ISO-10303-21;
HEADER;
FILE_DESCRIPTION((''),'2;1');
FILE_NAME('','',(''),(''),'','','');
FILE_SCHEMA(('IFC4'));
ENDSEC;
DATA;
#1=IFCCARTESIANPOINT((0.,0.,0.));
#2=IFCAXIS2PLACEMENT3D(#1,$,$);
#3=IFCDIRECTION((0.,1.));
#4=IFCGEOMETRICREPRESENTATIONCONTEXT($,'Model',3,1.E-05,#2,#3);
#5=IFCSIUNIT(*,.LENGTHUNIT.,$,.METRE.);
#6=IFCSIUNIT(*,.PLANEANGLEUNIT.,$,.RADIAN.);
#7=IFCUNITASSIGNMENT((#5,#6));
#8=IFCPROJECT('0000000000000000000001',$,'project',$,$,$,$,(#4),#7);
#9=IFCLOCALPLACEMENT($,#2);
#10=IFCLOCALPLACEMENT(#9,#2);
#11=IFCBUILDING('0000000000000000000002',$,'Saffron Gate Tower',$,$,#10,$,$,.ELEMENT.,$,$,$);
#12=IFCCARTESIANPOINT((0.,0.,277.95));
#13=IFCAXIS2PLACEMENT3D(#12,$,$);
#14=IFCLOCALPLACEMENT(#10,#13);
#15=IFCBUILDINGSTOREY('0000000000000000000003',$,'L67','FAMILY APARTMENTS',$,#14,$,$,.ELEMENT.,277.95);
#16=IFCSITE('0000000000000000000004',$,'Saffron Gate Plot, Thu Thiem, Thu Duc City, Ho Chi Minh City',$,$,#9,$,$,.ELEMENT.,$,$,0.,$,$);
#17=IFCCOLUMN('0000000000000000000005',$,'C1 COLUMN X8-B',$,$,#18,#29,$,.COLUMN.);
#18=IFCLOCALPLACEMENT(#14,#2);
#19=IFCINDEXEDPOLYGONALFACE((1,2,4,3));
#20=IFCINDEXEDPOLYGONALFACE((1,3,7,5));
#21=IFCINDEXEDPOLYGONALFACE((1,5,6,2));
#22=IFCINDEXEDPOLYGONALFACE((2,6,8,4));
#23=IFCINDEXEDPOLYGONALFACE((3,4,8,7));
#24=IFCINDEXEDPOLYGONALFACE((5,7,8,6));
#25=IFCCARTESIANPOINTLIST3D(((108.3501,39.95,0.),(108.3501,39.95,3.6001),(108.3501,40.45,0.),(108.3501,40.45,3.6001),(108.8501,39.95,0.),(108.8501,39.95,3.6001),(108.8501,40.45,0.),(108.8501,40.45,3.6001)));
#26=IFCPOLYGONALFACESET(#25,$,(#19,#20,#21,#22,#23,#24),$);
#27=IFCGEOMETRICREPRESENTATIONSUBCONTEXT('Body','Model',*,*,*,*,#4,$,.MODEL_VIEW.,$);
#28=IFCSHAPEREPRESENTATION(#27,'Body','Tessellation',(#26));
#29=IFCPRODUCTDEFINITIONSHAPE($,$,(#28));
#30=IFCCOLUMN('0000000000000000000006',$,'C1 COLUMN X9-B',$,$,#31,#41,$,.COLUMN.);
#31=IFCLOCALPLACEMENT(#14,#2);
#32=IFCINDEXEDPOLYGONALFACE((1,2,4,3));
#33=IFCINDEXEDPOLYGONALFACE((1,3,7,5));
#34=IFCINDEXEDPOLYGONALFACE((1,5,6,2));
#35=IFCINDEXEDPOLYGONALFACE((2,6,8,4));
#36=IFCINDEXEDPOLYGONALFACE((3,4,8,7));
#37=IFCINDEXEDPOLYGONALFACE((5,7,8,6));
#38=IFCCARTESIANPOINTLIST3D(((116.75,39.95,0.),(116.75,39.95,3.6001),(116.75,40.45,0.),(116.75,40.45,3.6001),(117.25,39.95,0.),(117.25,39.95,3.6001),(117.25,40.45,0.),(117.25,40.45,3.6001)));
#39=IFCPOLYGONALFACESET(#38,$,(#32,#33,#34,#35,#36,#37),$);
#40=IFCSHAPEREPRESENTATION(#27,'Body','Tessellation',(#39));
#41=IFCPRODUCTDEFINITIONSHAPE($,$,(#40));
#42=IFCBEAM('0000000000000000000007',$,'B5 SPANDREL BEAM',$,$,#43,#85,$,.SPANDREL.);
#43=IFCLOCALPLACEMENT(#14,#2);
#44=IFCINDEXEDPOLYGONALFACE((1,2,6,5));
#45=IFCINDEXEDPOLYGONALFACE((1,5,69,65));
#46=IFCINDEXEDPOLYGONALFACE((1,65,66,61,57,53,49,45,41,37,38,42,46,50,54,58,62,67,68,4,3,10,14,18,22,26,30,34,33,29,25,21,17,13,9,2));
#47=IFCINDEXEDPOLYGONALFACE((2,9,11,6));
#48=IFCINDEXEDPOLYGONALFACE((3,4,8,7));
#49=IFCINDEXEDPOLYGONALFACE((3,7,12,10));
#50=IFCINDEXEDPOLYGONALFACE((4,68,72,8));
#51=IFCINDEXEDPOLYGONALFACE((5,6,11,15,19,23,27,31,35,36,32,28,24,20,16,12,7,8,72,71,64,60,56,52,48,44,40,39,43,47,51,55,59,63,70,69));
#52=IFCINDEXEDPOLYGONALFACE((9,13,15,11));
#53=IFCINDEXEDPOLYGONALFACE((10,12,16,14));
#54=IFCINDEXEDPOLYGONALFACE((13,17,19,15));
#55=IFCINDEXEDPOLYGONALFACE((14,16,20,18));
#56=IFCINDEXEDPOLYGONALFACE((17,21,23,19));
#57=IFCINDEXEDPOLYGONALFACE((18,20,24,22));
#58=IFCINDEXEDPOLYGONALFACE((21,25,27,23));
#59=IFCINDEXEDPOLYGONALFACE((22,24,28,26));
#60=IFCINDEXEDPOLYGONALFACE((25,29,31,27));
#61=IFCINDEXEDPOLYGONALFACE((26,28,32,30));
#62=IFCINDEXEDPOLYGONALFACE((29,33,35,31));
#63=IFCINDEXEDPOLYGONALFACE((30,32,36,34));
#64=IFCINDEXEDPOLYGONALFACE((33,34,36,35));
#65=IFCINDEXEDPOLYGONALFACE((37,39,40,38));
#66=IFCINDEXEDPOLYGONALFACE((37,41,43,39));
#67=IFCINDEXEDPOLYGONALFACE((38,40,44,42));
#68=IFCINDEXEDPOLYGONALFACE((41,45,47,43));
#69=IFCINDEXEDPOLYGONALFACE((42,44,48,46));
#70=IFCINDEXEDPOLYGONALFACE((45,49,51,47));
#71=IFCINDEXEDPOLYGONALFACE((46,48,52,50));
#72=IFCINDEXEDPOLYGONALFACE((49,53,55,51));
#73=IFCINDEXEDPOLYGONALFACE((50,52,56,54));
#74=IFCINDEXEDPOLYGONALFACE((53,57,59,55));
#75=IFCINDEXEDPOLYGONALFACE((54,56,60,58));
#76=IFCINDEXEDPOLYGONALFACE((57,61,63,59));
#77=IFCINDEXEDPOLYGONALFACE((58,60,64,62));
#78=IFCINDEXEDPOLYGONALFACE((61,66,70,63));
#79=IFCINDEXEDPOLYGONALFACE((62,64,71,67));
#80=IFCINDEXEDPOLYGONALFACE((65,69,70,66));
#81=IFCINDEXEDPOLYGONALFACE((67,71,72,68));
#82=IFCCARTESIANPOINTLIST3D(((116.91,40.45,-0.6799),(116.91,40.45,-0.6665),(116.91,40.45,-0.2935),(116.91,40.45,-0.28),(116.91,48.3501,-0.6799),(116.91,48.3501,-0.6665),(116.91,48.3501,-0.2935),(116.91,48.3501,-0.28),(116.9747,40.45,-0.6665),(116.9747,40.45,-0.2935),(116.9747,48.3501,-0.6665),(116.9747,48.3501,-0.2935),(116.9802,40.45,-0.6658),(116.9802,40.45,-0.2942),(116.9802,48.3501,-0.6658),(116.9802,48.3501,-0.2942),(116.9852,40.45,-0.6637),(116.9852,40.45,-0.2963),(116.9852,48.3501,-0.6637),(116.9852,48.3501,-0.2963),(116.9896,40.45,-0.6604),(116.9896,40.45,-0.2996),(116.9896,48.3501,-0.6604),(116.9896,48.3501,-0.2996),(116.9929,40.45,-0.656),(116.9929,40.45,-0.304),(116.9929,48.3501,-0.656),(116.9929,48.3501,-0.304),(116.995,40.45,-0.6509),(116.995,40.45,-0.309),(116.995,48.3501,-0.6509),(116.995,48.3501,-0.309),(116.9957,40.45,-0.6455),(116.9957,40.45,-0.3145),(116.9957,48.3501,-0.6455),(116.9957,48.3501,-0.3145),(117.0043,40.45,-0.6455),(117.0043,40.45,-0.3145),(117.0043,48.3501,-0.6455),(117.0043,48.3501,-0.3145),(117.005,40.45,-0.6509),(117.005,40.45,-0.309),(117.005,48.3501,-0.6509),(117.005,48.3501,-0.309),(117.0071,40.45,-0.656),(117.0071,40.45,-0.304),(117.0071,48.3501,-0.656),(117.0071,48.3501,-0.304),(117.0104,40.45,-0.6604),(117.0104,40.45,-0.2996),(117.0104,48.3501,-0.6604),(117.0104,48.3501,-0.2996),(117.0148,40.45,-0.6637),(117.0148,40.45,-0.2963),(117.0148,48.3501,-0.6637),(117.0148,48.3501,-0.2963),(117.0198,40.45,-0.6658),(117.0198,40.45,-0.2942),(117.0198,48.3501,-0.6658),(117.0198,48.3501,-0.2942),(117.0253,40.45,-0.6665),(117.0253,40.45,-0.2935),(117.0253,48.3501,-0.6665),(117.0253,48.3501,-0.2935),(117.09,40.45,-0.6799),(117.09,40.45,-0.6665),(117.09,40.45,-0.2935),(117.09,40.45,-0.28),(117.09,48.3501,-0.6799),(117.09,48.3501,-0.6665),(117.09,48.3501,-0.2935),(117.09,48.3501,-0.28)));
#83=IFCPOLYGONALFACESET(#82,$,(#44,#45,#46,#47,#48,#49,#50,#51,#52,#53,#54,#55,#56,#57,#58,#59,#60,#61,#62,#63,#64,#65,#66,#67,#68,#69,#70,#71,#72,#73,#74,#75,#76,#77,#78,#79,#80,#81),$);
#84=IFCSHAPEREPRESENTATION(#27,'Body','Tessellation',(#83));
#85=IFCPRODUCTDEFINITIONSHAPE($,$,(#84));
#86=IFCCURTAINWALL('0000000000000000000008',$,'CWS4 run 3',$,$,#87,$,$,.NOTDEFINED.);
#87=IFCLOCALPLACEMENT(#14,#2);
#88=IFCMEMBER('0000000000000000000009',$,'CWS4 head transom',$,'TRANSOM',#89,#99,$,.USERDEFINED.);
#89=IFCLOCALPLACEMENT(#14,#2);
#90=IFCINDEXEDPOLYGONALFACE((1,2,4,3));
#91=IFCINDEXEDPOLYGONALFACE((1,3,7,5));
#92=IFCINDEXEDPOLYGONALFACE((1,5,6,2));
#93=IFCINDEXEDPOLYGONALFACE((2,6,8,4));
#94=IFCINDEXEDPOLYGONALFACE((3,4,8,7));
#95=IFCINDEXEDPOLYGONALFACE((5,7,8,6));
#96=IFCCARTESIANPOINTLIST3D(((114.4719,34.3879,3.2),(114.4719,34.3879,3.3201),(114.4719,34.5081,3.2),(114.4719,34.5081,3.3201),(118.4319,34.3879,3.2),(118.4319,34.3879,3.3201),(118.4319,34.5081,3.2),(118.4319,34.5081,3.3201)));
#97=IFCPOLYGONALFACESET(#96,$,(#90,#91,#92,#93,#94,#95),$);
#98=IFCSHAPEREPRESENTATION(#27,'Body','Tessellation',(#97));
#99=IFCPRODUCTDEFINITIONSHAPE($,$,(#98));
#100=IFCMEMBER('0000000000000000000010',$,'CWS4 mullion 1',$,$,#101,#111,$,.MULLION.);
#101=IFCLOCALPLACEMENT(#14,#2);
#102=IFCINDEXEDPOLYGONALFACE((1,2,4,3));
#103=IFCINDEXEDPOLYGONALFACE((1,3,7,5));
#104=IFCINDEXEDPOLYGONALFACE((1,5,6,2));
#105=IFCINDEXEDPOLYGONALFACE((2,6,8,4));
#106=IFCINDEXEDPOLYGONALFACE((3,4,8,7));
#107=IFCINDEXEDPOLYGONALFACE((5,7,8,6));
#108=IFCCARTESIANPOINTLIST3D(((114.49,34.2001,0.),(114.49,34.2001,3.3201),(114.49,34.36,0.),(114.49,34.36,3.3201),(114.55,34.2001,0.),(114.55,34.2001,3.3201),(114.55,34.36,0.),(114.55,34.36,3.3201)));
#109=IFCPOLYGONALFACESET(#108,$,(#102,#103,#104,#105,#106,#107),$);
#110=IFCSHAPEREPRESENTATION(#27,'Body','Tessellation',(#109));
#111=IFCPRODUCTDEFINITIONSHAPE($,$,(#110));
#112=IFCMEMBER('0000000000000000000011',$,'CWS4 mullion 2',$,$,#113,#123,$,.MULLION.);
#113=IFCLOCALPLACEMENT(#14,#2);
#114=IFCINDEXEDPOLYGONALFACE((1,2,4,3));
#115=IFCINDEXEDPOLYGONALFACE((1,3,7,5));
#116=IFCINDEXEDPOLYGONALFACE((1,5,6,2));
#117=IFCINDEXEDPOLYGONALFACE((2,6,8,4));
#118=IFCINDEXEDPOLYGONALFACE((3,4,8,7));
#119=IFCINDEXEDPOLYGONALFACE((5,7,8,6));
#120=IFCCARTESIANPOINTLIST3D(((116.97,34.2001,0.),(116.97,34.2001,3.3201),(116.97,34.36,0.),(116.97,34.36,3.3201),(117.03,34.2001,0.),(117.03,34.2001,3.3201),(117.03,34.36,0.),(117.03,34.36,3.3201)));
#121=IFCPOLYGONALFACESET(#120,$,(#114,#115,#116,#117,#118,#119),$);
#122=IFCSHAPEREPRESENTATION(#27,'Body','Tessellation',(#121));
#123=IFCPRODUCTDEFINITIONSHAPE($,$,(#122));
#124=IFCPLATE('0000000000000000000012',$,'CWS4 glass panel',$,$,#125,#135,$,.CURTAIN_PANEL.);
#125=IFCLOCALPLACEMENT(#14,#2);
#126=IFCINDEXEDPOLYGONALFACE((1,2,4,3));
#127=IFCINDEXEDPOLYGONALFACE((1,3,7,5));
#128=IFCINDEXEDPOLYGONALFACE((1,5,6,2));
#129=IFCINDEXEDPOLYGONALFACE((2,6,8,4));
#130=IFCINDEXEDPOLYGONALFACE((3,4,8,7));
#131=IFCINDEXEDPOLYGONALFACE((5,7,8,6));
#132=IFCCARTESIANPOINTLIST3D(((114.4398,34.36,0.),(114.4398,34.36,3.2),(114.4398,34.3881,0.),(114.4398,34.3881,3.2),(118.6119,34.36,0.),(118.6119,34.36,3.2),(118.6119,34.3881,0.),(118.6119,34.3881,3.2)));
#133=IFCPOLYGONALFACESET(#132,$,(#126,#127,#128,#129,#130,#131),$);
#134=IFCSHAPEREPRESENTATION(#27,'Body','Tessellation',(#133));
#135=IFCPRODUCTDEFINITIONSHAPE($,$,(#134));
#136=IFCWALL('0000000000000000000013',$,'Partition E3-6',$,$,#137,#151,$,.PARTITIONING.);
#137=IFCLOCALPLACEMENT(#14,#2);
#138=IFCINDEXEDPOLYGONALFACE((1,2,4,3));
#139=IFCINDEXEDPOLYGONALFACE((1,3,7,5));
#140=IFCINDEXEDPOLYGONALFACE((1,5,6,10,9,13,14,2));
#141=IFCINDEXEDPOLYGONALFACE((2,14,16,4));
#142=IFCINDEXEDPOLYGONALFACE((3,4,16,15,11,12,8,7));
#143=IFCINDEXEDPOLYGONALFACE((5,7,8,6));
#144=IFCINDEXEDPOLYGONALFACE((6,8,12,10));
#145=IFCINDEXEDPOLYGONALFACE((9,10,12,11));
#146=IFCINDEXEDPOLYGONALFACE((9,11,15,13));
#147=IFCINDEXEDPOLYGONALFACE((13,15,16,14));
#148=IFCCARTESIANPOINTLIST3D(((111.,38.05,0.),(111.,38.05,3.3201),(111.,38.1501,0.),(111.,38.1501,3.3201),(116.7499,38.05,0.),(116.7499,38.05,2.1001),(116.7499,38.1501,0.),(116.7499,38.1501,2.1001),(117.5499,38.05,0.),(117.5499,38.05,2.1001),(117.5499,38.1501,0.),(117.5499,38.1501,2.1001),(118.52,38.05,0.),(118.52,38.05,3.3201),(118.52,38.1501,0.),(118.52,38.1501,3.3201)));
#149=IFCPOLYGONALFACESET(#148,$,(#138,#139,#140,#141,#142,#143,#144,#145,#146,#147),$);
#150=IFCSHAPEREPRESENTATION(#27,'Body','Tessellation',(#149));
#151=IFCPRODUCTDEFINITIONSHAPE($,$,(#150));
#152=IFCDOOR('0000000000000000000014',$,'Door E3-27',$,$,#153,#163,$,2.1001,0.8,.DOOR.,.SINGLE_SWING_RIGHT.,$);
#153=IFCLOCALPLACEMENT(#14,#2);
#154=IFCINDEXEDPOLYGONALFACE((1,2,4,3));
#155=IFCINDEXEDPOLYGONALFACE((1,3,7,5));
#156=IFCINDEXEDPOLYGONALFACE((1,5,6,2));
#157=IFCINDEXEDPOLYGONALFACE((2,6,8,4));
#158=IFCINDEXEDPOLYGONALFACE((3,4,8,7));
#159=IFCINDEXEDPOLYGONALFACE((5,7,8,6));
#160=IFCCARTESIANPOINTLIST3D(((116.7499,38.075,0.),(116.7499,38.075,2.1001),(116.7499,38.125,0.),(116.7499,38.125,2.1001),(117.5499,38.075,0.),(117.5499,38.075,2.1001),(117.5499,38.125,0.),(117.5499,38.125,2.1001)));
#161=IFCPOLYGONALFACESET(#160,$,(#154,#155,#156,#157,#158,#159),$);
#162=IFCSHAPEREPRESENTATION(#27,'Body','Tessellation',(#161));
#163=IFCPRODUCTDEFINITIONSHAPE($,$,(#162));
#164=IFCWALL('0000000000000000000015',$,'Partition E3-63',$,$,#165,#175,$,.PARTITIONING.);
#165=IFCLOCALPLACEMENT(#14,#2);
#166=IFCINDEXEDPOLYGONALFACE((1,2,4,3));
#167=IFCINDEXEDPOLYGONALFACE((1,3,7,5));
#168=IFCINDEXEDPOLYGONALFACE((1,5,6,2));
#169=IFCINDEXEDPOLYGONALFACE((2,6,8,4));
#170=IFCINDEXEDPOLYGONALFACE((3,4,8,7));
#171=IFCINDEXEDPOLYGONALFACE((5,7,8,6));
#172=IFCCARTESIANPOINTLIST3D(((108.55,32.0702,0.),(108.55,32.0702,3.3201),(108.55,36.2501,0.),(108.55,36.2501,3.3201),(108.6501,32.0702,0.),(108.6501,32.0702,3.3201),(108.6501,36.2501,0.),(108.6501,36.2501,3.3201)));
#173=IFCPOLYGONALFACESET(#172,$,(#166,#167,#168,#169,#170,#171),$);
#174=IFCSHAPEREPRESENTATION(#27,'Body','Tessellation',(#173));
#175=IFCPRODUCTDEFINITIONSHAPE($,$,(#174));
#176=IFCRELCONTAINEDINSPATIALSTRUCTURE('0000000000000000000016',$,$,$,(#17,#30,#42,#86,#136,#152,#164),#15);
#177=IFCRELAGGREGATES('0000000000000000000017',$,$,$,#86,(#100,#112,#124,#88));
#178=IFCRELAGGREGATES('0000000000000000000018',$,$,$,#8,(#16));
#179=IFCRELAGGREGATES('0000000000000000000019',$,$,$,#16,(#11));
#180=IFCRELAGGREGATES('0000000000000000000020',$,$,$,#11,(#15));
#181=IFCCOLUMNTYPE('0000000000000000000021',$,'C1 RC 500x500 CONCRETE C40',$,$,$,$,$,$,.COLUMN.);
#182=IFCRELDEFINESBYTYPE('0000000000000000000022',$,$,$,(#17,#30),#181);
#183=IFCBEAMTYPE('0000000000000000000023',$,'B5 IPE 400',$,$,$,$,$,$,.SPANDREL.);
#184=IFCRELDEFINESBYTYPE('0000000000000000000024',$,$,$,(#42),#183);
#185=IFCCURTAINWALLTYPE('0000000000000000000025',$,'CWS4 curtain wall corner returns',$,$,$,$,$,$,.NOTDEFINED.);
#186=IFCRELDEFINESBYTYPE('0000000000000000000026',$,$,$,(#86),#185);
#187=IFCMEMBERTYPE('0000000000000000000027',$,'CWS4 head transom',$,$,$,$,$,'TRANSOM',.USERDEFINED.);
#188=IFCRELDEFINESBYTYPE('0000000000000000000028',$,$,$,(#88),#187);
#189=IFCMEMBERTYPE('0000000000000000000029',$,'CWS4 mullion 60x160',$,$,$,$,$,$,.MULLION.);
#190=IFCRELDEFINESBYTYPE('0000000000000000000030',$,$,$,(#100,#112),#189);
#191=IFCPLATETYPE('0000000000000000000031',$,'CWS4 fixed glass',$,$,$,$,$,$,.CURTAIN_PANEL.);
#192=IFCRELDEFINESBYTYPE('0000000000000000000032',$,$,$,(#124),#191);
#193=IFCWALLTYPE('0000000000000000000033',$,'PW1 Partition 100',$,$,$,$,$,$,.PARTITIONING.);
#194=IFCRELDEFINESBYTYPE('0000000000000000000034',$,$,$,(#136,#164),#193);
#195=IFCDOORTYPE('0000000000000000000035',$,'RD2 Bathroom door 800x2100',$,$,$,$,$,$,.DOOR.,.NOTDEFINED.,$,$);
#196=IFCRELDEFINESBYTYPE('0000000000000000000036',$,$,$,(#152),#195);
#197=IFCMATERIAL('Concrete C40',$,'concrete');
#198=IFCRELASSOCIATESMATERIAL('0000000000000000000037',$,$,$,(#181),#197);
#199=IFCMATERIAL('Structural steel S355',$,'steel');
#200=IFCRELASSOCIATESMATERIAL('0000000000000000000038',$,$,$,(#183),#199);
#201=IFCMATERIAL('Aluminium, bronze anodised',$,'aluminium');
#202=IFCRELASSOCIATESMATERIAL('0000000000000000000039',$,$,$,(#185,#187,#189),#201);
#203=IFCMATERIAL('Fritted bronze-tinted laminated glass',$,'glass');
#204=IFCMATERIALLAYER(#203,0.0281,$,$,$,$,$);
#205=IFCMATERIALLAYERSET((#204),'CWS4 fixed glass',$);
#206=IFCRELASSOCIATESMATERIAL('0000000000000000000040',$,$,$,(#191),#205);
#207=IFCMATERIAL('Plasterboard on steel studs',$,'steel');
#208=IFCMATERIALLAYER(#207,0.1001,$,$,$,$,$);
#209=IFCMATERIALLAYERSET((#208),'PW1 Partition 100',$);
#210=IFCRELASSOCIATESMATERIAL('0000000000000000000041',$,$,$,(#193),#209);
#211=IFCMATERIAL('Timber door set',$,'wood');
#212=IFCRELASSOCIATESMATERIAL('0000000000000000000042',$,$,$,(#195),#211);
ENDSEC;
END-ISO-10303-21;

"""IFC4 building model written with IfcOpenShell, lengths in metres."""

from ifc_helpers import new_model, si_unit, direction, frame, frame_2d, origin, origin_2d, place, context, subcontext, project, spatial, rectangle, i_section, extrude, material, layer, layer_set, material_profile, profile_set, type_object, element, fill, aggregate, save


model = new_model("IFC4")

# Units and contexts
model_context = context("Model", 3, precision=1e-05, world=origin(), true_north=direction((0.0, 1.0)))
body_context = subcontext(model_context, "Body", "Model", "MODEL_VIEW")
ifc_project = project(units=[si_unit("LENGTHUNIT", "METRE"), si_unit("PLANEANGLEUNIT", "RADIAN")], contexts=[model_context])

# Site, building, storey
site_placement = place(None, origin())
site = spatial("IfcSite", under=ifc_project, at=site_placement, Name="Saffron Gate Plot, Thu Thiem, Thu Duc City, Ho Chi Minh City", CompositionType="ELEMENT", RefElevation=0.0)
building_placement = place(site_placement, origin())
building = spatial("IfcBuilding", under=site, at=building_placement, Name="Saffron Gate Tower", CompositionType="ELEMENT")
storey_placement = place(building_placement, frame((0.0, 0.0, 277.95)))
storey = spatial("IfcBuildingStorey", under=building, at=storey_placement, Name="L67", Description="FAMILY APARTMENTS", CompositionType="ELEMENT", Elevation=277.95)

# Columns
ifc_material_1 = material(Name="Concrete C40", Category="concrete")
ifc_material_profile_1 = material_profile(ifc_material_1, rectangle(XDim=0.5, YDim=0.5, at=origin_2d()))
ifc_profile_set_1 = profile_set([ifc_material_profile_1], Name="Concrete C40")
column_type = type_object("IfcColumnType", Name="C1 RC 500x500 CONCRETE C40", PredefinedType="COLUMN", material=ifc_profile_set_1)
for number, where, z_axis, x_axis, name in (
    (1, (108.6001, 40.2, 0.0), (0.0, 0.0, 1.0), (1.0, 0.0, 0.0), "C1 COLUMN X8-B"),
    (2, (117.0, 40.2, 0.0), (0.0, 0.0, 1.0), (1.0, 0.0, 0.0), "C1 COLUMN X9-B"),
):
    element("IfcColumn", number, at=place(storey_placement, frame(where, z_axis=z_axis, x_axis=x_axis)), inside=storey, type_object=column_type, Name=name, PredefinedType="COLUMN", context=body_context, shape_type="SweptSolid", body=[
        extrude(rectangle(XDim=0.5, YDim=0.5, at=origin_2d()), origin(), (0.0, 0.0, 1.0), 3.6001),
    ])

# Beam
ifc_material_2 = material(Name="Structural steel S355", Category="steel")
ifc_material_profile_2 = material_profile(ifc_material_2, i_section(OverallWidth=0.1799, OverallDepth=0.3999, WebThickness=0.0085, FlangeThickness=0.0134, FilletRadius=0.021, at=origin_2d()))
ifc_profile_set_2 = profile_set([ifc_material_profile_2], Name="Structural steel S355")
beam_type = type_object("IfcBeamType", Name="B5 IPE 400", PredefinedType="SPANDREL", material=ifc_profile_set_2)
beam_placement = place(storey_placement, frame((117.0, 40.45, -0.48), z_axis=(0.0, 1.0, 0.0), x_axis=(-1.0, 0.0, 0.0)))
element("IfcBeam", 3, at=beam_placement, inside=storey, type_object=beam_type, Name="B5 SPANDREL BEAM", PredefinedType="SPANDREL", context=body_context, shape_type="SweptSolid", body=[
    extrude(i_section(OverallWidth=0.1799, OverallDepth=0.3999, WebThickness=0.0085, FlangeThickness=0.0134, FilletRadius=0.021, at=origin_2d()), origin(), (0.0, 0.0, 1.0), 7.9001),
])

# Curtain wall, members, plate
ifc_material_3 = material(Name="Aluminium, bronze anodised", Category="aluminium")
curtain_wall_type = type_object("IfcCurtainWallType", Name="CWS4 curtain wall corner returns", PredefinedType="NOTDEFINED", material=ifc_material_3)
curtain_wall_placement = place(storey_placement, origin())
curtain_wall = element("IfcCurtainWall", 4, at=curtain_wall_placement, inside=storey, type_object=curtain_wall_type, Name="CWS4 run 3", PredefinedType="NOTDEFINED")
ifc_material_profile_3 = material_profile(ifc_material_3, rectangle(XDim=0.1201, YDim=0.1201, at=origin_2d()))
ifc_profile_set_3 = profile_set([ifc_material_profile_3], Name="Aluminium, bronze anodised")
member_type_1 = type_object("IfcMemberType", Name="CWS4 head transom", ElementType="TRANSOM", PredefinedType="USERDEFINED", material=ifc_profile_set_3)
member_1_placement = place(storey_placement, frame((114.4719, 34.448, 3.26), z_axis=(1.0, 0.0, 0.0), x_axis=(0.0, 1.0, 0.0)))
member_1 = element("IfcMember", 5, at=member_1_placement, type_object=member_type_1, Name="CWS4 head transom", ObjectType="TRANSOM", PredefinedType="USERDEFINED", context=body_context, shape_type="SweptSolid", body=[
    extrude(rectangle(XDim=0.1201, YDim=0.1201, at=origin_2d()), origin(), (0.0, 0.0, 1.0), 3.96),
])
ifc_material_profile_4 = material_profile(ifc_material_3, rectangle(XDim=0.1599, YDim=0.0601, at=origin_2d()))
ifc_profile_set_4 = profile_set([ifc_material_profile_4], Name="Aluminium, bronze anodised")
member_type_2 = type_object("IfcMemberType", Name="CWS4 mullion 60x160", PredefinedType="MULLION", material=ifc_profile_set_4)
member_2_placement = place(storey_placement, frame((114.52, 34.28, 0.0), z_axis=(0.0, 0.0, 1.0), x_axis=(0.0, 1.0, 0.0)))
member_2 = element("IfcMember", 6, at=member_2_placement, type_object=member_type_2, Name="CWS4 mullion 1", PredefinedType="MULLION", context=body_context, shape_type="SweptSolid", body=[
    extrude(rectangle(XDim=0.1599, YDim=0.0601, at=origin_2d()), origin(), (0.0, 0.0, 1.0), 3.3201),
])
member_3_placement = place(storey_placement, frame((117.0, 34.28, 0.0), z_axis=(0.0, 0.0, 1.0), x_axis=(0.0, 1.0, 0.0)))
member_3 = element("IfcMember", 7, at=member_3_placement, type_object=member_type_2, Name="CWS4 mullion 2", PredefinedType="MULLION", context=body_context, shape_type="SweptSolid", body=[
    extrude(rectangle(XDim=0.1599, YDim=0.0601, at=origin_2d()), origin(), (0.0, 0.0, 1.0), 3.3201),
])
ifc_material_4 = material(Name="Fritted bronze-tinted laminated glass", Category="glass")
ifc_layer_1 = layer(ifc_material_4, 0.0281)
ifc_layer_set_1 = layer_set([ifc_layer_1], Name="CWS4 fixed glass")
plate_type = type_object("IfcPlateType", Name="CWS4 fixed glass", PredefinedType="CURTAIN_PANEL", material=ifc_layer_set_1)
plate_placement = place(storey_placement, frame((114.4399, 34.374, 0.0), z_axis=(0.0, 0.0, 1.0), x_axis=(1.0, 0.0, 0.0)))
plate = element("IfcPlate", 8, at=plate_placement, type_object=plate_type, Name="CWS4 glass panel", PredefinedType="CURTAIN_PANEL", context=body_context, shape_type="SweptSolid", body=[
    extrude(rectangle(XDim=4.1721, YDim=0.0281, at=frame_2d((2.0859, 0.0))), origin(), (0.0, 0.0, 1.0), 3.2),
])
aggregate(curtain_wall, [member_2, member_3, plate, member_1])

# Wall, opening, door
ifc_material_5 = material(Name="Plasterboard on steel studs", Category="steel")
ifc_layer_2 = layer(ifc_material_5, 0.1001)
ifc_layer_set_2 = layer_set([ifc_layer_2], Name="PW1 Partition 100")
wall_type = type_object("IfcWallType", Name="PW1 Partition 100", PredefinedType="PARTITIONING", material=ifc_layer_set_2)
wall_1_placement = place(storey_placement, frame((111.0, 38.1001, 0.0), z_axis=(0.0, 0.0, 1.0), x_axis=(1.0, 0.0, 0.0)))
wall_1 = element("IfcWall", 9, at=wall_1_placement, inside=storey, type_object=wall_type, Name="Partition E3-6", PredefinedType="PARTITIONING", context=body_context, shape_type="SweptSolid", body=[
    extrude(rectangle(XDim=7.52, YDim=0.1001, at=frame_2d((3.76, 0.0))), origin(), (0.0, 0.0, 1.0), 3.3201),
])
opening_1_placement = place(wall_1_placement, frame((5.75, 0.0, 0.0)))
opening_1 = element("IfcOpeningElement", 10, at=opening_1_placement, cuts=wall_1, PredefinedType="OPENING", context=body_context, shape_type="SweptSolid", body=[
    extrude(rectangle(XDim=0.8, YDim=2.1001, at=frame_2d((0.3999, 1.05))), frame((0.0, 0.0601, 0.0), z_axis=(0.0, -1.0, 0.0), x_axis=(1.0, 0.0, 0.0)), (0.0, 0.0, 1.0), 0.1201),
])
ifc_material_6 = material(Name="Timber door set", Category="wood")
door_type_1 = type_object("IfcDoorType", Name="RD2 Bathroom door 800x2100", OperationType="NOTDEFINED", PredefinedType="DOOR", material=ifc_material_6)
door_1_placement = place(opening_1_placement, origin())
door_1 = element("IfcDoor", 11, at=door_1_placement, inside=storey, type_object=door_type_1, Name="Door E3-27", OperationType="SINGLE_SWING_RIGHT", OverallHeight=2.1001, OverallWidth=0.8, PredefinedType="DOOR", context=body_context, shape_type="SweptSolid", body=[
    extrude(rectangle(XDim=0.8, YDim=2.1001, at=frame_2d((0.3999, 1.05))), frame((0.0, 0.0249, 0.0), z_axis=(0.0, -1.0, 0.0), x_axis=(1.0, 0.0, 0.0)), (0.0, 0.0, 1.0), 0.05),
])
fill(opening_1, door_1)

# Wall
wall_2_placement = place(storey_placement, frame((108.6001, 36.25, 0.0), z_axis=(0.0, 0.0, 1.0), x_axis=(0.0, -1.0, 0.0)))
element("IfcWall", 12, at=wall_2_placement, inside=storey, type_object=wall_type, Name="Partition E3-63", PredefinedType="PARTITIONING", context=body_context, shape_type="SweptSolid", body=[
    extrude(rectangle(XDim=4.1799, YDim=0.1001, at=frame_2d((2.0898, 0.0))), origin(), (0.0, 0.0, 1.0), 3.3201),
])

save(model, "model.ifc")
